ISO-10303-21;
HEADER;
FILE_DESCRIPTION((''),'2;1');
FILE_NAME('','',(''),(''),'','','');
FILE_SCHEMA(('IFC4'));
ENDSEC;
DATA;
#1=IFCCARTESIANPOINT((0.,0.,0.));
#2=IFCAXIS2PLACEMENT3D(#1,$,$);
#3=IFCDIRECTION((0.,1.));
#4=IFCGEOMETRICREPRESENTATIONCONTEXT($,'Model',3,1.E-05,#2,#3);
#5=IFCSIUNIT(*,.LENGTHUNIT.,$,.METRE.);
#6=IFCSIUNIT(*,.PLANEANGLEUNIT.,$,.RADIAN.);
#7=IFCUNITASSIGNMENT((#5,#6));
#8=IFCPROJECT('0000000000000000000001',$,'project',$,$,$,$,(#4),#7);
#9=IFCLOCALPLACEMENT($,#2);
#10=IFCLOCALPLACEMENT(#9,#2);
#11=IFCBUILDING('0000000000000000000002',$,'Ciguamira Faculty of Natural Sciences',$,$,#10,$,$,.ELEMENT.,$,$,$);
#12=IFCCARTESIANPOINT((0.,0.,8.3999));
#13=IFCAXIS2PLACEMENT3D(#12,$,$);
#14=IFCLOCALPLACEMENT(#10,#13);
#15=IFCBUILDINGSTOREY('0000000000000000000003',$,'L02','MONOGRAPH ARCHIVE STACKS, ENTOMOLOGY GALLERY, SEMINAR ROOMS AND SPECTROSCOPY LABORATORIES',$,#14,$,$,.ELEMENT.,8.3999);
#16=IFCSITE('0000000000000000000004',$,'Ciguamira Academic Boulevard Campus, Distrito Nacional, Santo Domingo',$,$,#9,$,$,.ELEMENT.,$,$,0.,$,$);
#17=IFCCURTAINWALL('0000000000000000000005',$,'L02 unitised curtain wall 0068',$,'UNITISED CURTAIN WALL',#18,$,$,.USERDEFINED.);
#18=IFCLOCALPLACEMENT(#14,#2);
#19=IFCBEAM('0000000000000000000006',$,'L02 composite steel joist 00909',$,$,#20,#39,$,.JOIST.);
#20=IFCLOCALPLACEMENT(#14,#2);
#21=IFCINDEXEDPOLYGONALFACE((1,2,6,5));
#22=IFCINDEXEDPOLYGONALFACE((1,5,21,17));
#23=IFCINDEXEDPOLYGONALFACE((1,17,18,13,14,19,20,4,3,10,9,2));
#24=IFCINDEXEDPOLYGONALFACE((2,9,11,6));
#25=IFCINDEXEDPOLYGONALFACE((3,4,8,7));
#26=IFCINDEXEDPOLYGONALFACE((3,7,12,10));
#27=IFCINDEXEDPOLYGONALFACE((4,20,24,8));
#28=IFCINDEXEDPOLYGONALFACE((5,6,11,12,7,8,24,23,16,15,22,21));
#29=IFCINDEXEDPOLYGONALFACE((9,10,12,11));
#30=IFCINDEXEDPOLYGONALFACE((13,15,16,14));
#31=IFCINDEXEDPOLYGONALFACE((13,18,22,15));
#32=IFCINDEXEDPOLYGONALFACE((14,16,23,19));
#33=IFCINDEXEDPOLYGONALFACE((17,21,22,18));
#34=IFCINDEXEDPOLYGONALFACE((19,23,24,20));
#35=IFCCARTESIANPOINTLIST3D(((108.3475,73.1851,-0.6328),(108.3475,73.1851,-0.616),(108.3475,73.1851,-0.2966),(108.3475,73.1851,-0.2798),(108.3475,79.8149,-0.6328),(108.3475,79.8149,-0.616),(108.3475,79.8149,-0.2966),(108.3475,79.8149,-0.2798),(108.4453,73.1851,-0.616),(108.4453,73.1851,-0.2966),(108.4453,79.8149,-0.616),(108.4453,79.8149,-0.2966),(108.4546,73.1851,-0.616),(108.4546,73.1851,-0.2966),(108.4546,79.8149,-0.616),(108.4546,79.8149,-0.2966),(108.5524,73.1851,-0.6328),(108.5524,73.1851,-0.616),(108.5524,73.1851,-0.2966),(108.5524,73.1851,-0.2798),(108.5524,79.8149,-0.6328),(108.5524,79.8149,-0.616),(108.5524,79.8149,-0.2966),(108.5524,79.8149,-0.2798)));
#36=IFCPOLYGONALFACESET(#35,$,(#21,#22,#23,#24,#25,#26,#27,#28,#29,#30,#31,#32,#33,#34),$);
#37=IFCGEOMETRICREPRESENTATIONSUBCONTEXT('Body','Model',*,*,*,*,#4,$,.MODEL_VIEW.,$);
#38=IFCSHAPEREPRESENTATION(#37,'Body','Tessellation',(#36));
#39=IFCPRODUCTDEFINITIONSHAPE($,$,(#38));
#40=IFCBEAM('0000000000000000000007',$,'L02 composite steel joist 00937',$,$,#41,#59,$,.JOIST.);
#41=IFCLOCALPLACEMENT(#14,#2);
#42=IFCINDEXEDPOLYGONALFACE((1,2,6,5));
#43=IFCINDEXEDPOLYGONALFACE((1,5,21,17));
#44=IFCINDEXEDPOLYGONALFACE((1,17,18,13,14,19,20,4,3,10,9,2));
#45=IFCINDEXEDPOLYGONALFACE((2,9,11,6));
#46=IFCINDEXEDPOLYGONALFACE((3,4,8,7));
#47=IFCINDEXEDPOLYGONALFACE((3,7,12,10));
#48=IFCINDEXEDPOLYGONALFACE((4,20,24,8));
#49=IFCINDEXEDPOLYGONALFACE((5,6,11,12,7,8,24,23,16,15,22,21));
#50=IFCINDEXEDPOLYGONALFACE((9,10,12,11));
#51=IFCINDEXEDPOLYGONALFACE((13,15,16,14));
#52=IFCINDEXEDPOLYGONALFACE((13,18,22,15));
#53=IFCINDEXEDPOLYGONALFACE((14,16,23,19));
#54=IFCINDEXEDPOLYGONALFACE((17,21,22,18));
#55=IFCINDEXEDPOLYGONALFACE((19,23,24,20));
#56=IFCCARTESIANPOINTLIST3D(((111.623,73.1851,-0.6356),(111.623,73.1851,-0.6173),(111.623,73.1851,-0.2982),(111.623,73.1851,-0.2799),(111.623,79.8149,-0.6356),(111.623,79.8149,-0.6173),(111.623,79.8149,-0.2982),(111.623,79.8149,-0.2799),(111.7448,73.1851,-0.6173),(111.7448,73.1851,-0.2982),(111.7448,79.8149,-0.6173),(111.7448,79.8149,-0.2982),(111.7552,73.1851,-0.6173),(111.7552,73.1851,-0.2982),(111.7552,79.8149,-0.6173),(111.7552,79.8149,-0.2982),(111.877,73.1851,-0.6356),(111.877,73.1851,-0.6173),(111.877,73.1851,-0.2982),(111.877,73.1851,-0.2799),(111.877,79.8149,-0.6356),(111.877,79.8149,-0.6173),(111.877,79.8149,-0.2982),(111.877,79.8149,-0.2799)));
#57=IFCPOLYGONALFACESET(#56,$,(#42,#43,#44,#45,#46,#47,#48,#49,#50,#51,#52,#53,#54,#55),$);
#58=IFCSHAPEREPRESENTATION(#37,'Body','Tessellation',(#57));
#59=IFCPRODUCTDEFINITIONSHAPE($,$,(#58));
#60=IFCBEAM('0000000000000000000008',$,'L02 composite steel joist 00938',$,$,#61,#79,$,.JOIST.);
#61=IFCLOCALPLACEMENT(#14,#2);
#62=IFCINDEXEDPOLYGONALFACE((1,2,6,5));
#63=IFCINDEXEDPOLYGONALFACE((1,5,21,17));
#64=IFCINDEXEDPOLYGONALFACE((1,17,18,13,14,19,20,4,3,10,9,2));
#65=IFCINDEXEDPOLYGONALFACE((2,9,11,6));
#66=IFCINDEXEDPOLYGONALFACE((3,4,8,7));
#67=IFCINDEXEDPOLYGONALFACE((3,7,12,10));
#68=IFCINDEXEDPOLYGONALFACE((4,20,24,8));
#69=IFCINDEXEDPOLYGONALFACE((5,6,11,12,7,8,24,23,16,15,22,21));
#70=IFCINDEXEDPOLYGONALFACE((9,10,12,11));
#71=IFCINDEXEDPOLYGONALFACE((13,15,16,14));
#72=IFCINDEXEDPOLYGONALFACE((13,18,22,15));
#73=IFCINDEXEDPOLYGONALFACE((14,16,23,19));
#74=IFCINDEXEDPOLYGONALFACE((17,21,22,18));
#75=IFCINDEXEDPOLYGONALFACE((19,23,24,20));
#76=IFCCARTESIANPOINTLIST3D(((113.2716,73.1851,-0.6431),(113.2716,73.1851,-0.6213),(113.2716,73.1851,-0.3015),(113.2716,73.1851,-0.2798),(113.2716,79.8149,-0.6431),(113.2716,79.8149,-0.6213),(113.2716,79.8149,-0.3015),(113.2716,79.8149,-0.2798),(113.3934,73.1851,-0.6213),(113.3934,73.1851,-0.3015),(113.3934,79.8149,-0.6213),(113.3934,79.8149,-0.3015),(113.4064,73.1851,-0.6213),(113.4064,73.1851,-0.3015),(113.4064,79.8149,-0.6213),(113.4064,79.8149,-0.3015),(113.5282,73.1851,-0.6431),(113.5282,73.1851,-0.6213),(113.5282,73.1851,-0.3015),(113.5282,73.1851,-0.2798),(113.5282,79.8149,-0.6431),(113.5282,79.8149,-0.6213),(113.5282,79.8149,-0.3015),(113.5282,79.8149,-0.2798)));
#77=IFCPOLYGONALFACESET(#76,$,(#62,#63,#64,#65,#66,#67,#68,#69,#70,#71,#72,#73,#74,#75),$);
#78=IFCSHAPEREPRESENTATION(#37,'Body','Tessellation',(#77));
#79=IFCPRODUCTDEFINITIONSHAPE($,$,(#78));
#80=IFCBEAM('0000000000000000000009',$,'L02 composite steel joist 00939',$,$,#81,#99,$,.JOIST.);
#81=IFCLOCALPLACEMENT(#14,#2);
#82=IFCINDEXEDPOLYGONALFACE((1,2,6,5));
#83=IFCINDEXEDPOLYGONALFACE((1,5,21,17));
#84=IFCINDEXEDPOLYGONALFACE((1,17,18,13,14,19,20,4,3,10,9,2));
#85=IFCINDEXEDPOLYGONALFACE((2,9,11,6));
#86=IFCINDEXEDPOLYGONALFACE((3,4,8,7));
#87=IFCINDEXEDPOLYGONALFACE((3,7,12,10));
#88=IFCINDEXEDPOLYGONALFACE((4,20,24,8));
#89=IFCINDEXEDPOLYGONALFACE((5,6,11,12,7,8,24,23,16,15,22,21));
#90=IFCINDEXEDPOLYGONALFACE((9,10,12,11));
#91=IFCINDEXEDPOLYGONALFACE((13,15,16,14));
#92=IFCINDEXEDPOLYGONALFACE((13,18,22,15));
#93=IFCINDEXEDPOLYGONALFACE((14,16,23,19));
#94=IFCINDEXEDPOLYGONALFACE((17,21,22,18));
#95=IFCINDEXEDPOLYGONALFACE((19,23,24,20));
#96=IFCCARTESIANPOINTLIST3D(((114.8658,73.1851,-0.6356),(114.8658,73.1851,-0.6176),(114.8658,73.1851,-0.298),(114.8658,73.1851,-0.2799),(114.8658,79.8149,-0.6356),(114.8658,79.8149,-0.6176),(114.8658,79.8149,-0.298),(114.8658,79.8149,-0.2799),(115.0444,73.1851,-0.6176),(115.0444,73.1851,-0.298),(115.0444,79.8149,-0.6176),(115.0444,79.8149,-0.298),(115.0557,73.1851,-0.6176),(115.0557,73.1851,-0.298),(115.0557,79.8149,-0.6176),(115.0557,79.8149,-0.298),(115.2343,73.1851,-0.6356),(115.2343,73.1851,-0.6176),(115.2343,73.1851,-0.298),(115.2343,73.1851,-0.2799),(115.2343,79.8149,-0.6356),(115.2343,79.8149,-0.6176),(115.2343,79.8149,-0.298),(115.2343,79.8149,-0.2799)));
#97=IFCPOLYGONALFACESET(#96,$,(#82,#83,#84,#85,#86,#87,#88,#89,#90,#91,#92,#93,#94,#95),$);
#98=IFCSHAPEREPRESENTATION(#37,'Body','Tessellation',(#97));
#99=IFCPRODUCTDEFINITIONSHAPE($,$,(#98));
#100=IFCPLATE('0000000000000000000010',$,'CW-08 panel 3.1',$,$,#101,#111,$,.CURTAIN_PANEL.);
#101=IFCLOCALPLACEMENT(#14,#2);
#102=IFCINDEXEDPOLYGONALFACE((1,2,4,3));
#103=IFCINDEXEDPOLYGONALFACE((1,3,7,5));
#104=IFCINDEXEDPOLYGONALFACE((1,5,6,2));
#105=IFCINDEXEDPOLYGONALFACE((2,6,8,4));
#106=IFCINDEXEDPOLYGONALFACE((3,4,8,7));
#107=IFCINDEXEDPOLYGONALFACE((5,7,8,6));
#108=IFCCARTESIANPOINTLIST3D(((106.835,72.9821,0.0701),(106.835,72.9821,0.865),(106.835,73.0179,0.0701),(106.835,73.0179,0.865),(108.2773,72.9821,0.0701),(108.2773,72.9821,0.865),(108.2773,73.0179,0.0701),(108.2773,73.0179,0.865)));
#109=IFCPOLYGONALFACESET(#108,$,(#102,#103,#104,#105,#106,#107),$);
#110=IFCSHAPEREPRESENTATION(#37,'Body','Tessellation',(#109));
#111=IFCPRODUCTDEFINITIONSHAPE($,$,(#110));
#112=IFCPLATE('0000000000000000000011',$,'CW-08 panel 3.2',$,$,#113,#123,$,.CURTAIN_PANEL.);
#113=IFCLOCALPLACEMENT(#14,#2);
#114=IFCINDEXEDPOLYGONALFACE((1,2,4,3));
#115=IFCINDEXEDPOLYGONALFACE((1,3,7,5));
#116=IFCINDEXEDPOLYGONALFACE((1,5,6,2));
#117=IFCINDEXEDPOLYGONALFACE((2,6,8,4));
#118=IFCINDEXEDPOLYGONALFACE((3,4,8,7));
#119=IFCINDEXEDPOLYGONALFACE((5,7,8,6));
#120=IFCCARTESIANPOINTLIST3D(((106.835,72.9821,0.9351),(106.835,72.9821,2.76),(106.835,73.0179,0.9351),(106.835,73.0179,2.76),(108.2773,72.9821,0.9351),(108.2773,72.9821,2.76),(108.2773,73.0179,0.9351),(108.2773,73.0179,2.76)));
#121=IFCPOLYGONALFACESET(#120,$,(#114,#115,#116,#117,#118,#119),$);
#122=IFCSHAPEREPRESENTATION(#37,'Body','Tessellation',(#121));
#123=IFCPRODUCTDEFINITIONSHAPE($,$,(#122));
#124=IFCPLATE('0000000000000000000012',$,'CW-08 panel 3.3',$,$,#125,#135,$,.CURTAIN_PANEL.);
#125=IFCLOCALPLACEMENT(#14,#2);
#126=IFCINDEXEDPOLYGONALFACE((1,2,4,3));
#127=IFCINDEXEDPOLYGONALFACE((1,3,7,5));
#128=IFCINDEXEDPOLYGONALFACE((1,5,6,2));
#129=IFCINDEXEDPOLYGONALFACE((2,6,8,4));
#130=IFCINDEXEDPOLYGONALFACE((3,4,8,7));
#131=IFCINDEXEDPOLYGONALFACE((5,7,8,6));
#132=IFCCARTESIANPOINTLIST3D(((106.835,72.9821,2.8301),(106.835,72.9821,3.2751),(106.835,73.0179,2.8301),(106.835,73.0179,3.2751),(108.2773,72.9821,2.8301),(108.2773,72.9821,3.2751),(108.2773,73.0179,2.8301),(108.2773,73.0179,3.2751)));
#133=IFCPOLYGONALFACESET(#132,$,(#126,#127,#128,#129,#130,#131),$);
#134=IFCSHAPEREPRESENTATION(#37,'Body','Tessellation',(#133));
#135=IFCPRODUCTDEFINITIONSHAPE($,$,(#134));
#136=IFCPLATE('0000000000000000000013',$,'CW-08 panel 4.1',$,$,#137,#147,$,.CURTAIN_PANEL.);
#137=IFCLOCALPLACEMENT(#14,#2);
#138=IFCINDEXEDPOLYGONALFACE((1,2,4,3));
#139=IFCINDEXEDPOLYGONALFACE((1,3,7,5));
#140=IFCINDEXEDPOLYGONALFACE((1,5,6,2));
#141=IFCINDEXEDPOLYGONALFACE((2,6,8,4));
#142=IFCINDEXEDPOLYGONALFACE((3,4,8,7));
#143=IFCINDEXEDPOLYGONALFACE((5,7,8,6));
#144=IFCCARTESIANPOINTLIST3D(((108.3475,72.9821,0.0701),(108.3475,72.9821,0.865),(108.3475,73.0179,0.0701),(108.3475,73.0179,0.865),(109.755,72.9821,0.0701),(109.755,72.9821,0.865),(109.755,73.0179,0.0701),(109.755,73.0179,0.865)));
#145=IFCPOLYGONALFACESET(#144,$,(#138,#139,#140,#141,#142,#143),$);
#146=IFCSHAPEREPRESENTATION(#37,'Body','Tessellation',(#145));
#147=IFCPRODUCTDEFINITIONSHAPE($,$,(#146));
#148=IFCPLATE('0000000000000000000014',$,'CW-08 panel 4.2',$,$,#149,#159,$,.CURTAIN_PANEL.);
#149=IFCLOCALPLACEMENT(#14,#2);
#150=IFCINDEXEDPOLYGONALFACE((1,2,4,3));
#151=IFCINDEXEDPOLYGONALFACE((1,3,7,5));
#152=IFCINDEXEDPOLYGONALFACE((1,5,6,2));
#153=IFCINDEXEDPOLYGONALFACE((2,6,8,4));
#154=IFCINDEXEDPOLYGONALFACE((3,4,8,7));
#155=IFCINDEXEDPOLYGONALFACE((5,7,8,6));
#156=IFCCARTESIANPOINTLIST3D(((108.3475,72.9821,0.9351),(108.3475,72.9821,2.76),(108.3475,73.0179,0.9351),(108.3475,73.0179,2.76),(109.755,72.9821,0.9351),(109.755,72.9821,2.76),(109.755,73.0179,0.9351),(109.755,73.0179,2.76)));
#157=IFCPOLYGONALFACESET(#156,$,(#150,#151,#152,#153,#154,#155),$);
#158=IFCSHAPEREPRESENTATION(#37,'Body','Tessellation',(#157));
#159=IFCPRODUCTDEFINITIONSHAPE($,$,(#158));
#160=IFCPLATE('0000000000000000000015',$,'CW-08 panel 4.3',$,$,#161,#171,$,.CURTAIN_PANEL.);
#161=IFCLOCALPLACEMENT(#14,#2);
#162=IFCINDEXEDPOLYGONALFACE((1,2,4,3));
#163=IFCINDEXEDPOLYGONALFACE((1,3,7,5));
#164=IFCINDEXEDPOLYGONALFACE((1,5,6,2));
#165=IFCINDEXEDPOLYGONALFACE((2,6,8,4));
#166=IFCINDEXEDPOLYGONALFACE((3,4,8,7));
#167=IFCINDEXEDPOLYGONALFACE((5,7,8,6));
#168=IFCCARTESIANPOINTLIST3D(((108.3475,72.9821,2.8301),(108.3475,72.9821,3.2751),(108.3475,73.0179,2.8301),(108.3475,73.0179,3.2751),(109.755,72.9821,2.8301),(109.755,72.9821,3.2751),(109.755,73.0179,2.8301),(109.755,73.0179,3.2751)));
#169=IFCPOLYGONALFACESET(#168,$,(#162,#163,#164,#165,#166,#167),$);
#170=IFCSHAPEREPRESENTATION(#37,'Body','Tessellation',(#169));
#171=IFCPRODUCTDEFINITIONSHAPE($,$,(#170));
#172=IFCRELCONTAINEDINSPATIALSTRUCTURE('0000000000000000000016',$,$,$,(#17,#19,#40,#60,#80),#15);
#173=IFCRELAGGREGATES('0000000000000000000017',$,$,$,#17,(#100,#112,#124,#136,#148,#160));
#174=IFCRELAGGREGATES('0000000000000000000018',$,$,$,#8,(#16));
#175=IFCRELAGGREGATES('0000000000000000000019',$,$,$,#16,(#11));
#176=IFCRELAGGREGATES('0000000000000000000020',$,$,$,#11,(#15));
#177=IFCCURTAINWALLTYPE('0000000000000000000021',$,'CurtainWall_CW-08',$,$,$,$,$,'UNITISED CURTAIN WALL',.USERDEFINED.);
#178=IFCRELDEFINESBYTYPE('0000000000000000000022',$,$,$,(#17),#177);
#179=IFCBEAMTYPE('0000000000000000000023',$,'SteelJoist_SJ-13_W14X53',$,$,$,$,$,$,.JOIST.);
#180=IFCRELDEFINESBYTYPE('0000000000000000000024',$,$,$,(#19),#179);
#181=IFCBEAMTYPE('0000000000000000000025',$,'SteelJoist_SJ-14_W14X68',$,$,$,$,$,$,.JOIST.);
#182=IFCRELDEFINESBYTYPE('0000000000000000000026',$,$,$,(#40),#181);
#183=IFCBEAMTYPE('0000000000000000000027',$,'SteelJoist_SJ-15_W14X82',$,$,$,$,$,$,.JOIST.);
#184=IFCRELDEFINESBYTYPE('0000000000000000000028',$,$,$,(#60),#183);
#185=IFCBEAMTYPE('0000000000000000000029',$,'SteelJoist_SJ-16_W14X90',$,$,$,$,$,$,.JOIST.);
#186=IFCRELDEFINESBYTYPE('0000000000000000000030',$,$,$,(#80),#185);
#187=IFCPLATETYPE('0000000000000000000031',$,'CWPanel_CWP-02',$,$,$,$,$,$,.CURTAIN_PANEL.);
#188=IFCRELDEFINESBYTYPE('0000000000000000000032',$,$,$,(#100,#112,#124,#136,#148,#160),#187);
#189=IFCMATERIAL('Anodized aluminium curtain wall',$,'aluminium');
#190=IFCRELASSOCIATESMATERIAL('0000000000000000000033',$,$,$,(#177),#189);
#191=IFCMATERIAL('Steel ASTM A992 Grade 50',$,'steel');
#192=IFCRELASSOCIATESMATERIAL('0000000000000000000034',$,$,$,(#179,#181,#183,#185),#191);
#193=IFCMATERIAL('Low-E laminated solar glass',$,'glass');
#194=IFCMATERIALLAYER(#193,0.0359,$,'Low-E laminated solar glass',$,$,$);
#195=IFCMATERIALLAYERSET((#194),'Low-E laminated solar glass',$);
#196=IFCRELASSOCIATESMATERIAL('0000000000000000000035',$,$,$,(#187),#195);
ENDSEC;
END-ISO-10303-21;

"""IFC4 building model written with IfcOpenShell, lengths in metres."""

from ifc_helpers import new_model, si_unit, direction, frame, origin, origin_2d, place, context, subcontext, project, spatial, rectangle, i_section, extrude, material, layer, layer_set, material_profile, profile_set, type_object, element, aggregate, save


model = new_model("IFC4")

# Units and contexts
model_context = context("Model", 3, precision=1e-05, world=origin(), true_north=direction((0.0, 1.0)))
body_context = subcontext(model_context, "Body", "Model", "MODEL_VIEW")
ifc_project = project(units=[si_unit("LENGTHUNIT", "METRE"), si_unit("PLANEANGLEUNIT", "RADIAN")], contexts=[model_context])

# Site, building, storey
site_placement = place(None, origin())
site = spatial("IfcSite", under=ifc_project, at=site_placement, Name="Ciguamira Academic Boulevard Campus, Distrito Nacional, Santo Domingo", CompositionType="ELEMENT", RefElevation=0.0)
building_placement = place(site_placement, origin())
building = spatial("IfcBuilding", under=site, at=building_placement, Name="Ciguamira Faculty of Natural Sciences", CompositionType="ELEMENT")
storey_placement = place(building_placement, frame((0.0, 0.0, 8.3999)))
storey = spatial("IfcBuildingStorey", under=building, at=storey_placement, Name="L02", Description="MONOGRAPH ARCHIVE STACKS, ENTOMOLOGY GALLERY, SEMINAR ROOMS AND SPECTROSCOPY LABORATORIES", CompositionType="ELEMENT", Elevation=8.3999)

# Curtain wall
ifc_material_1 = material(Name="Anodized aluminium curtain wall", Category="aluminium")
curtain_wall_type = type_object("IfcCurtainWallType", Name="CurtainWall_CW-08", ElementType="UNITISED CURTAIN WALL", PredefinedType="USERDEFINED", material=ifc_material_1)
curtain_wall_placement = place(storey_placement, origin())
curtain_wall = element("IfcCurtainWall", 1, at=curtain_wall_placement, inside=storey, type_object=curtain_wall_type, Name="L02 unitised curtain wall 0068", ObjectType="UNITISED CURTAIN WALL", PredefinedType="USERDEFINED")

# Beams
ifc_material_2 = material(Name="Steel ASTM A992 Grade 50", Category="steel")
ifc_material_profile_1 = material_profile(ifc_material_2, i_section(OverallWidth=0.2048, OverallDepth=0.353, WebThickness=0.0093, FlangeThickness=0.0168, at=origin_2d()), Name="W14X53")
ifc_profile_set_1 = profile_set([ifc_material_profile_1], Name="Steel ASTM A992 Grade 50")
beam_type_1 = type_object("IfcBeamType", Name="SteelJoist_SJ-13_W14X53", PredefinedType="JOIST", material=ifc_profile_set_1)
beam_1_placement = place(storey_placement, frame((108.45, 73.1851, -0.4563), z_axis=(0.0, 1.0, 0.0), x_axis=(-1.0, 0.0, 0.0)))
element("IfcBeam", 2, at=beam_1_placement, inside=storey, type_object=beam_type_1, Name="L02 composite steel joist 00909", PredefinedType="JOIST", context=body_context, shape_type="SweptSolid", body=[
    extrude(i_section(OverallWidth=0.2048, OverallDepth=0.353, WebThickness=0.0093, FlangeThickness=0.0168, at=origin_2d()), origin(), (0.0, 0.0, 1.0), 6.6299),
])
ifc_material_profile_2 = material_profile(ifc_material_2, i_section(OverallWidth=0.2539, OverallDepth=0.3557, WebThickness=0.0105, FlangeThickness=0.0183, at=origin_2d()), Name="W14X68")
ifc_profile_set_2 = profile_set([ifc_material_profile_2], Name="Steel ASTM A992 Grade 50")
beam_type_2 = type_object("IfcBeamType", Name="SteelJoist_SJ-14_W14X68", PredefinedType="JOIST", material=ifc_profile_set_2)
beam_2_placement = place(storey_placement, frame((111.75, 73.1851, -0.4578), z_axis=(0.0, 1.0, 0.0), x_axis=(-1.0, 0.0, 0.0)))
element("IfcBeam", 3, at=beam_2_placement, inside=storey, type_object=beam_type_2, Name="L02 composite steel joist 00937", PredefinedType="JOIST", context=body_context, shape_type="SweptSolid", body=[
    extrude(i_section(OverallWidth=0.2539, OverallDepth=0.3557, WebThickness=0.0105, FlangeThickness=0.0183, at=origin_2d()), origin(), (0.0, 0.0, 1.0), 6.6299),
])
ifc_material_profile_3 = material_profile(ifc_material_2, i_section(OverallWidth=0.2566, OverallDepth=0.3633, WebThickness=0.0129, FlangeThickness=0.0217, at=origin_2d()), Name="W14X82")
ifc_profile_set_3 = profile_set([ifc_material_profile_3], Name="Steel ASTM A992 Grade 50")
beam_type_3 = type_object("IfcBeamType", Name="SteelJoist_SJ-15_W14X82", PredefinedType="JOIST", material=ifc_profile_set_3)
beam_3_placement = place(storey_placement, frame((113.3999, 73.1851, -0.4614), z_axis=(0.0, 1.0, 0.0), x_axis=(-1.0, 0.0, 0.0)))
element("IfcBeam", 4, at=beam_3_placement, inside=storey, type_object=beam_type_3, Name="L02 composite steel joist 00938", PredefinedType="JOIST", context=body_context, shape_type="SweptSolid", body=[
    extrude(i_section(OverallWidth=0.2566, OverallDepth=0.3633, WebThickness=0.0129, FlangeThickness=0.0217, at=origin_2d()), origin(), (0.0, 0.0, 1.0), 6.6299),
])
ifc_material_profile_4 = material_profile(ifc_material_2, i_section(OverallWidth=0.3684, OverallDepth=0.3557, WebThickness=0.0112, FlangeThickness=0.0181, at=origin_2d()), Name="W14X90")
ifc_profile_set_4 = profile_set([ifc_material_profile_4], Name="Steel ASTM A992 Grade 50")
beam_type_4 = type_object("IfcBeamType", Name="SteelJoist_SJ-16_W14X90", PredefinedType="JOIST", material=ifc_profile_set_4)
beam_4_placement = place(storey_placement, frame((115.05, 73.1851, -0.4578), z_axis=(0.0, 1.0, 0.0), x_axis=(-1.0, 0.0, 0.0)))
element("IfcBeam", 5, at=beam_4_placement, inside=storey, type_object=beam_type_4, Name="L02 composite steel joist 00939", PredefinedType="JOIST", context=body_context, shape_type="SweptSolid", body=[
    extrude(i_section(OverallWidth=0.3684, OverallDepth=0.3557, WebThickness=0.0112, FlangeThickness=0.0181, at=origin_2d()), origin(), (0.0, 0.0, 1.0), 6.6299),
])

# Plates
ifc_material_3 = material(Name="Low-E laminated solar glass", Category="glass")
ifc_layer = layer(ifc_material_3, 0.0359, Name="Low-E laminated solar glass")
ifc_layer_set = layer_set([ifc_layer], Name="Low-E laminated solar glass")
plate_type = type_object("IfcPlateType", Name="CWPanel_CWP-02", PredefinedType="CURTAIN_PANEL", material=ifc_layer_set)
plate_1_placement = place(storey_placement, frame((107.5562, 73.0, 0.0701), z_axis=(0.0, 0.0, 1.0), x_axis=(1.0, 0.0, 0.0)))
plate_1 = element("IfcPlate", 6, at=plate_1_placement, type_object=plate_type, Name="CW-08 panel 3.1", PredefinedType="CURTAIN_PANEL", context=body_context, shape_type="SweptSolid", body=[
    extrude(rectangle(XDim=1.4424, YDim=0.0359, at=origin_2d()), origin(), (0.0, 0.0, 1.0), 0.7949),
])
plate_2_placement = place(storey_placement, frame((107.5562, 73.0, 0.9351), z_axis=(0.0, 0.0, 1.0), x_axis=(1.0, 0.0, 0.0)))
plate_2 = element("IfcPlate", 7, at=plate_2_placement, type_object=plate_type, Name="CW-08 panel 3.2", PredefinedType="CURTAIN_PANEL", context=body_context, shape_type="SweptSolid", body=[
    extrude(rectangle(XDim=1.4424, YDim=0.0359, at=origin_2d()), origin(), (0.0, 0.0, 1.0), 1.825),
])
plate_3_placement = place(storey_placement, frame((107.5562, 73.0, 2.8301), z_axis=(0.0, 0.0, 1.0), x_axis=(1.0, 0.0, 0.0)))
plate_3 = element("IfcPlate", 8, at=plate_3_placement, type_object=plate_type, Name="CW-08 panel 3.3", PredefinedType="CURTAIN_PANEL", context=body_context, shape_type="SweptSolid", body=[
    extrude(rectangle(XDim=1.4424, YDim=0.0359, at=origin_2d()), origin(), (0.0, 0.0, 1.0), 0.4451),
])
plate_4_placement = place(storey_placement, frame((109.0513, 73.0, 0.0701), z_axis=(0.0, 0.0, 1.0), x_axis=(1.0, 0.0, 0.0)))
plate_4 = element("IfcPlate", 9, at=plate_4_placement, type_object=plate_type, Name="CW-08 panel 4.1", PredefinedType="CURTAIN_PANEL", context=body_context, shape_type="SweptSolid", body=[
    extrude(rectangle(XDim=1.4075, YDim=0.0359, at=origin_2d()), origin(), (0.0, 0.0, 1.0), 0.7949),
])
plate_5_placement = place(storey_placement, frame((109.0513, 73.0, 0.9351), z_axis=(0.0, 0.0, 1.0), x_axis=(1.0, 0.0, 0.0)))
plate_5 = element("IfcPlate", 10, at=plate_5_placement, type_object=plate_type, Name="CW-08 panel 4.2", PredefinedType="CURTAIN_PANEL", context=body_context, shape_type="SweptSolid", body=[
    extrude(rectangle(XDim=1.4075, YDim=0.0359, at=origin_2d()), origin(), (0.0, 0.0, 1.0), 1.825),
])
plate_6_placement = place(storey_placement, frame((109.0513, 73.0, 2.8301), z_axis=(0.0, 0.0, 1.0), x_axis=(1.0, 0.0, 0.0)))
plate_6 = element("IfcPlate", 11, at=plate_6_placement, type_object=plate_type, Name="CW-08 panel 4.3", PredefinedType="CURTAIN_PANEL", context=body_context, shape_type="SweptSolid", body=[
    extrude(rectangle(XDim=1.4075, YDim=0.0359, at=origin_2d()), origin(), (0.0, 0.0, 1.0), 0.4451),
])
aggregate(curtain_wall, [plate_1, plate_2, plate_3, plate_4, plate_5, plate_6])

save(model, "model.ifc")
